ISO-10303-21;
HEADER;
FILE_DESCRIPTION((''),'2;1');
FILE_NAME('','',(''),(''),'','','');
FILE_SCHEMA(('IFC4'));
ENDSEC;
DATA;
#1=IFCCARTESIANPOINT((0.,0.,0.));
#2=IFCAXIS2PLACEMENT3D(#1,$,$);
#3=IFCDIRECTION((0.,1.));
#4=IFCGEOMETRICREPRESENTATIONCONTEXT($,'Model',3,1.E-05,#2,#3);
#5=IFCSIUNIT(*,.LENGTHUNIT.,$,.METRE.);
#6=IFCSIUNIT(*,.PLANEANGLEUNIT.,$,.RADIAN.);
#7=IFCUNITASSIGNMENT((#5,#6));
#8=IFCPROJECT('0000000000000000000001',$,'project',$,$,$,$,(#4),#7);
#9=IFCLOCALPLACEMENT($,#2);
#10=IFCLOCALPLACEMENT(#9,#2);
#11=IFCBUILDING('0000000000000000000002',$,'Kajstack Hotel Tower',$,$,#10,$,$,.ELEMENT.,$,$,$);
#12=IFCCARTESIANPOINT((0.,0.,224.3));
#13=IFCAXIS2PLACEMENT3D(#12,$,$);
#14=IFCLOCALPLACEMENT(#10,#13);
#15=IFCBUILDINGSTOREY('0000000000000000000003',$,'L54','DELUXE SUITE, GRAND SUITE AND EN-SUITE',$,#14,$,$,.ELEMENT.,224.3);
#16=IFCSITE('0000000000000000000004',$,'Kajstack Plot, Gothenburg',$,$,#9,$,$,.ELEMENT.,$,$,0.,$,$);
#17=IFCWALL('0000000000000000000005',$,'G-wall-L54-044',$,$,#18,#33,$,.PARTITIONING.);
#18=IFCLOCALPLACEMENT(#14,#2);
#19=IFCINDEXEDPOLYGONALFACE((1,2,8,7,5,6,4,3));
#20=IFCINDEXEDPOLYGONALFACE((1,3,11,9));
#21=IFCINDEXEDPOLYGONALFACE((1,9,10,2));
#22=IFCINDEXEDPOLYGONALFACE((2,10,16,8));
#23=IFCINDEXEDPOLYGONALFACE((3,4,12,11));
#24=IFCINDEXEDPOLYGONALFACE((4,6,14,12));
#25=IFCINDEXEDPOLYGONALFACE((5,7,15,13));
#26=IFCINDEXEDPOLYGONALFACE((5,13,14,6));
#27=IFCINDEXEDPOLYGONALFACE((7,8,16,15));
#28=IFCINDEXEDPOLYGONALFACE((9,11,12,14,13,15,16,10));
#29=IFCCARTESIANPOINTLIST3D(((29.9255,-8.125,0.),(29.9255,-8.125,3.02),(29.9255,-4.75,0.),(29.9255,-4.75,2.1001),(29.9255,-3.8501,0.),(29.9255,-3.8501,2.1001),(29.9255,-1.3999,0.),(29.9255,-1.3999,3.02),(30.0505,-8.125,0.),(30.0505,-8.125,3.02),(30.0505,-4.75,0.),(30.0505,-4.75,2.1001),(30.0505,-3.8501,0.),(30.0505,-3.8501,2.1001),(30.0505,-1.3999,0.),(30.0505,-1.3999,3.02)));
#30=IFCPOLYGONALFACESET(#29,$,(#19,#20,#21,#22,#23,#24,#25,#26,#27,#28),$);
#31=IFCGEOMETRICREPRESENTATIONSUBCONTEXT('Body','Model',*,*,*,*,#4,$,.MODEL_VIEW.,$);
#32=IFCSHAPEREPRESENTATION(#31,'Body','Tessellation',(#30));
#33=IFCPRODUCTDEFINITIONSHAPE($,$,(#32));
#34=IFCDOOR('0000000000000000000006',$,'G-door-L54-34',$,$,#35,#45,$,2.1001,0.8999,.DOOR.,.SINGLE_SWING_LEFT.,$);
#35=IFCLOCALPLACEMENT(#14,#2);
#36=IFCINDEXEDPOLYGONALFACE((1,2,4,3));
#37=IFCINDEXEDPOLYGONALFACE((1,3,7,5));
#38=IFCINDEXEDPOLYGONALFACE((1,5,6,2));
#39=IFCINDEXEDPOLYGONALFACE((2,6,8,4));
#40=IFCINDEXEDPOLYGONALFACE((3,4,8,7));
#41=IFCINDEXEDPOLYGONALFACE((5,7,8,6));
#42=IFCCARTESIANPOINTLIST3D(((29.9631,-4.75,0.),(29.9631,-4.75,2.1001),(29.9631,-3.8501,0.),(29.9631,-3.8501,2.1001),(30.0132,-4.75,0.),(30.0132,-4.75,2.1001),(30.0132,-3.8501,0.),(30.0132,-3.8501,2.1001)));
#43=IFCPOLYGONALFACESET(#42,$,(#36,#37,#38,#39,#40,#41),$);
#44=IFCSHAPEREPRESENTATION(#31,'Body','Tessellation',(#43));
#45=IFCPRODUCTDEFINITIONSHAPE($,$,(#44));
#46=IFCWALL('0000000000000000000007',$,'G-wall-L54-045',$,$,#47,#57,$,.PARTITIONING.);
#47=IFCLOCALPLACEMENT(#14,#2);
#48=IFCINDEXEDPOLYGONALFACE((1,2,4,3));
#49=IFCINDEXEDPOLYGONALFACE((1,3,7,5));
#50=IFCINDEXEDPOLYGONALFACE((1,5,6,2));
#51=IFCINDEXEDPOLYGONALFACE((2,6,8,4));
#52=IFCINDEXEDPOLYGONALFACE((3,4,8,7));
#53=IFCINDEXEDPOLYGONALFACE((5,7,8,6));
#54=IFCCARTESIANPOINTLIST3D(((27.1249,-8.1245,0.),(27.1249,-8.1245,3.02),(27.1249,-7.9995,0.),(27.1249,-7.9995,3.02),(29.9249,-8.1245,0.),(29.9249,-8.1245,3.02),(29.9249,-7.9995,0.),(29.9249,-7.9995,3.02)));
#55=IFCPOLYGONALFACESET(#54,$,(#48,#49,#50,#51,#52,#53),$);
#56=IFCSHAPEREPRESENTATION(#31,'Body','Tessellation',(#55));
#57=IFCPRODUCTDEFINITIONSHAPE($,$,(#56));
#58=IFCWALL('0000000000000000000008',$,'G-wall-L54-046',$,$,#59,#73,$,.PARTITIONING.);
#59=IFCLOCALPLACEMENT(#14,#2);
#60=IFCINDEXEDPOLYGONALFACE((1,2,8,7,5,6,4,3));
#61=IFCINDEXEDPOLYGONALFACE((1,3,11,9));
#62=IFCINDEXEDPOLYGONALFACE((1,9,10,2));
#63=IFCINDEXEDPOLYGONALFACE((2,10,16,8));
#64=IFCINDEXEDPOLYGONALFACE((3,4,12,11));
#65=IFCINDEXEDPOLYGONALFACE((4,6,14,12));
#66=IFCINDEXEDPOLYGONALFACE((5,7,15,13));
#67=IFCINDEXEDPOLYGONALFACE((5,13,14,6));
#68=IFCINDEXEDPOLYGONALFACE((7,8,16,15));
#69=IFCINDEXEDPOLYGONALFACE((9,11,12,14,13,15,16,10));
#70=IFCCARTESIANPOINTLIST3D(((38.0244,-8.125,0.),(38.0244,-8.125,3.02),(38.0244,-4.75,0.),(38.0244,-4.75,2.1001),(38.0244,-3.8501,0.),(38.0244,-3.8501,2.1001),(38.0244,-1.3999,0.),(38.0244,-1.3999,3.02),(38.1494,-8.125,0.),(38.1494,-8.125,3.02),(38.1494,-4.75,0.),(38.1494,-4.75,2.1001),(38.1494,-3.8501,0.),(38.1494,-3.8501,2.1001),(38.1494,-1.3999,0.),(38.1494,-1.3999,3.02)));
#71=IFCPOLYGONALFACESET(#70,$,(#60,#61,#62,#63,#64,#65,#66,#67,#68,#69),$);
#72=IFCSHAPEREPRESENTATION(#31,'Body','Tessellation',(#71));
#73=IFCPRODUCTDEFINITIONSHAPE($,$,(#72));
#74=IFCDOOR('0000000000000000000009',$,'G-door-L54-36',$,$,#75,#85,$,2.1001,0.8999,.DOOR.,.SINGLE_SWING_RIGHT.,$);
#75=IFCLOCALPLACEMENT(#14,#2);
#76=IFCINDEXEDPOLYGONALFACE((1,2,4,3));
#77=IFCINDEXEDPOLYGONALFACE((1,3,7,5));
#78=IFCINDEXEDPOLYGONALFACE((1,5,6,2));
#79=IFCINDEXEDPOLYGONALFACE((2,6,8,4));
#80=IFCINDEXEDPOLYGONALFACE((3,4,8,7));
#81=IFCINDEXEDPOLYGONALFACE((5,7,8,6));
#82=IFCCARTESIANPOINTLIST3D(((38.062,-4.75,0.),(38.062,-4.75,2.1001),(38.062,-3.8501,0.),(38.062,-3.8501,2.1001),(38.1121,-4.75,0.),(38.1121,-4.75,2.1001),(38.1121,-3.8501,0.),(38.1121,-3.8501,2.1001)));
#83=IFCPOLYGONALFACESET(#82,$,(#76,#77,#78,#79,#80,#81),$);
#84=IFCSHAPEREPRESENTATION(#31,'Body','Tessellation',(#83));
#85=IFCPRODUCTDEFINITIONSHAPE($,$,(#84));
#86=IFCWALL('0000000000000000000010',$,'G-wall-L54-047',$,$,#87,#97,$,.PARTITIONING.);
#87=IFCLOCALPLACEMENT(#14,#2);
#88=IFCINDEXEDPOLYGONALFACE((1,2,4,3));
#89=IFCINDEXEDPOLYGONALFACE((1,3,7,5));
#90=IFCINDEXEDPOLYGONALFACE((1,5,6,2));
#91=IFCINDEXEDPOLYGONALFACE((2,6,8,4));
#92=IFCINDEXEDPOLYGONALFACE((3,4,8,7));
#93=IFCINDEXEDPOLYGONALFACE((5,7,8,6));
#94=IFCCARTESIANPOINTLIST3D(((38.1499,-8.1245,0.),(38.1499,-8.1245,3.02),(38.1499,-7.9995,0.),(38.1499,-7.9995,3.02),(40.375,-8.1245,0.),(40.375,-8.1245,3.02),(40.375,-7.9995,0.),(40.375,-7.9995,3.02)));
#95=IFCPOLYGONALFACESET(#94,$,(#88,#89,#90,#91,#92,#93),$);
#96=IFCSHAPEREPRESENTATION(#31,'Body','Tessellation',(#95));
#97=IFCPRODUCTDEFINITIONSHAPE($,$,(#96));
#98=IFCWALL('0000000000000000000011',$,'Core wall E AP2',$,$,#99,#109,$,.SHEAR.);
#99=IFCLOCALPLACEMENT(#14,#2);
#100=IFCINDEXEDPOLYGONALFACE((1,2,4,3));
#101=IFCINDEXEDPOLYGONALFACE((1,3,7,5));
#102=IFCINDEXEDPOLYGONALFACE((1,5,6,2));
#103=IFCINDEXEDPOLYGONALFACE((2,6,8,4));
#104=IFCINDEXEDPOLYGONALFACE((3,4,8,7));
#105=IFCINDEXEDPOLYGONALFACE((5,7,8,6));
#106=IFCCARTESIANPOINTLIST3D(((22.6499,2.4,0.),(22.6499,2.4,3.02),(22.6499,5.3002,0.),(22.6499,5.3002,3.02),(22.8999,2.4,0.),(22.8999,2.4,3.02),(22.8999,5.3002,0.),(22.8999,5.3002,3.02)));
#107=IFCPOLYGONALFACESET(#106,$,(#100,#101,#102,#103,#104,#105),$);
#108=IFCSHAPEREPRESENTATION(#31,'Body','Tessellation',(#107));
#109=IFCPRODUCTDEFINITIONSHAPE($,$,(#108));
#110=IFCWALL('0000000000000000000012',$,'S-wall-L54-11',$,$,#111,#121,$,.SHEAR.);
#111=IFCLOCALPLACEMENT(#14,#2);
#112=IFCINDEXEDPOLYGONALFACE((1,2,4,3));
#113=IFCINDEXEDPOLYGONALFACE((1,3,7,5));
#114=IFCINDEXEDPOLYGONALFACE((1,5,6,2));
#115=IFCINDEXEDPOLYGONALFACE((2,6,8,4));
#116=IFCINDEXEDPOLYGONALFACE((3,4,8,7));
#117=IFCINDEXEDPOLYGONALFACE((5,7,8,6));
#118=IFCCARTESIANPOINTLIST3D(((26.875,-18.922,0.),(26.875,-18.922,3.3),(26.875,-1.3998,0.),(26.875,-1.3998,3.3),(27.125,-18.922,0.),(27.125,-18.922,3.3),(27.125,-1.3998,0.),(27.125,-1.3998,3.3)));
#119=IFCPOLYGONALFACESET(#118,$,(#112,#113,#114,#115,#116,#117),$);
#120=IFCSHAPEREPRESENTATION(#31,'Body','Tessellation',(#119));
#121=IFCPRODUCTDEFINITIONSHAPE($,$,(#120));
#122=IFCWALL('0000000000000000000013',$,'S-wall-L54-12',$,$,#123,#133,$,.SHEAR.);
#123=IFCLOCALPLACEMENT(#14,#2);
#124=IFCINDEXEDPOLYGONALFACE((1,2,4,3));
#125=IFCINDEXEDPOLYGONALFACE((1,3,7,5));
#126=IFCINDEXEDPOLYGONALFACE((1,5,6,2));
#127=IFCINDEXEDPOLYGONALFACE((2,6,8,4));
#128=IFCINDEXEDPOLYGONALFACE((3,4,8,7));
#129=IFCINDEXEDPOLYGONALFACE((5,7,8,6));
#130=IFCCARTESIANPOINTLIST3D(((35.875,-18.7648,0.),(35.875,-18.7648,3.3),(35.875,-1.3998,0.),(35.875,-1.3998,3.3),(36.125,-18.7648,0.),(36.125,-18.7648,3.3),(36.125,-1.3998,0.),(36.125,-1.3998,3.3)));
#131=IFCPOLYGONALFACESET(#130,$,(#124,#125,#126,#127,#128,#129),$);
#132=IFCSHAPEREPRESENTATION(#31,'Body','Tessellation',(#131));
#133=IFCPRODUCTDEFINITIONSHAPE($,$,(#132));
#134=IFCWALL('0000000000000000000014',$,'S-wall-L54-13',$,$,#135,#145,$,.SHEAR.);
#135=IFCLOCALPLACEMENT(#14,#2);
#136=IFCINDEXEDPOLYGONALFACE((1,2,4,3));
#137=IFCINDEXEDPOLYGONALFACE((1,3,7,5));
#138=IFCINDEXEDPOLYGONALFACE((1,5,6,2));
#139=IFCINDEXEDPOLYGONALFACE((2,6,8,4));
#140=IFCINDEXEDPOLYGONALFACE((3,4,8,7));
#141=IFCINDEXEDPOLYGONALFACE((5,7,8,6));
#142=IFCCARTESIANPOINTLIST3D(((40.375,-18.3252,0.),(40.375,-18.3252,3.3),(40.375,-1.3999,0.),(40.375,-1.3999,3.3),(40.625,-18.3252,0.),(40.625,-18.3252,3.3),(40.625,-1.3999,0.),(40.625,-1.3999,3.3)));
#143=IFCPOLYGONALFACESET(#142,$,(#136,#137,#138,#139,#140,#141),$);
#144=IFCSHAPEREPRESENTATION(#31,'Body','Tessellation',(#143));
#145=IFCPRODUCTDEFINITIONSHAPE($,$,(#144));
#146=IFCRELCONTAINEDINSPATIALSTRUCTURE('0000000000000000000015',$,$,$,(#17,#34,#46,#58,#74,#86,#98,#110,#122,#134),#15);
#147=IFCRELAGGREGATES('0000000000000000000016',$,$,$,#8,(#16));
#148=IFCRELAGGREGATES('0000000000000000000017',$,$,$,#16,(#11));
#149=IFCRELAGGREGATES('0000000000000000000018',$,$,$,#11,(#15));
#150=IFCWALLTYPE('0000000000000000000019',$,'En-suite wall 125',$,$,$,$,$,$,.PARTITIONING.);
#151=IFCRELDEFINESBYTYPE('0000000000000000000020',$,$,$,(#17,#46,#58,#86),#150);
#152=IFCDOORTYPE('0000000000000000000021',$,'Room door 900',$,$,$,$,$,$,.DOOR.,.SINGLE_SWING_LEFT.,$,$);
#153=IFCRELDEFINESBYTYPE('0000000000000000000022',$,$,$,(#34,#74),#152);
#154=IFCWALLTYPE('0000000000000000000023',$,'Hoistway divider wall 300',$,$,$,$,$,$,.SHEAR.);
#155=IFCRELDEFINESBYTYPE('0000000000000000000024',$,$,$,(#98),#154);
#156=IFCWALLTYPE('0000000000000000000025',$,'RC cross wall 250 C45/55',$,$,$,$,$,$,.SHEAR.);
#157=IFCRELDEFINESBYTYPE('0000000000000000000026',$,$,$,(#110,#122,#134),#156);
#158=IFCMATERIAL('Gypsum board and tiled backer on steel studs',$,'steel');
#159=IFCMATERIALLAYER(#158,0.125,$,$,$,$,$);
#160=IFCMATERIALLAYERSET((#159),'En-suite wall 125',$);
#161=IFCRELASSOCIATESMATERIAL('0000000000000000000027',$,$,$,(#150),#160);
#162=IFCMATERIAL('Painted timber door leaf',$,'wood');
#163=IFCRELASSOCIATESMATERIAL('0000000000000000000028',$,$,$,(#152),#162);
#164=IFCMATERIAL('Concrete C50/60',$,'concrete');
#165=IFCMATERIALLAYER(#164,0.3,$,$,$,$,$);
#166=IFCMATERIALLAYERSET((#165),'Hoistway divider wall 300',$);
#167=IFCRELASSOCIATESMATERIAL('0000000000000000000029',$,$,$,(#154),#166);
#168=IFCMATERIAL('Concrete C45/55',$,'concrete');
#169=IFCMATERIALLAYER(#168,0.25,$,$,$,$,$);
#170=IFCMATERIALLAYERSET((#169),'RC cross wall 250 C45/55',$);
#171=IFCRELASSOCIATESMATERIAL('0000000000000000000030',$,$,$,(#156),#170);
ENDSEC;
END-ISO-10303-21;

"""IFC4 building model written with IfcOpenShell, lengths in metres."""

from ifc_helpers import new_model, si_unit, direction, frame, frame_2d, origin, place, context, subcontext, project, spatial, rectangle, extrude, material, layer, layer_set, type_object, element, fill, save


model = new_model("IFC4")

# Units and contexts
model_context = context("Model", 3, precision=1e-05, world=origin(), true_north=direction((0.0, 1.0)))
body_context = subcontext(model_context, "Body", "Model", "MODEL_VIEW")
ifc_project = project(units=[si_unit("LENGTHUNIT", "METRE"), si_unit("PLANEANGLEUNIT", "RADIAN")], contexts=[model_context])

# Site, building, storey
site_placement = place(None, origin())
site = spatial("IfcSite", under=ifc_project, at=site_placement, Name="Kajstack Plot, Gothenburg", CompositionType="ELEMENT", RefElevation=0.0)
building_placement = place(site_placement, origin())
building = spatial("IfcBuilding", under=site, at=building_placement, Name="Kajstack Hotel Tower", CompositionType="ELEMENT")
storey_placement = place(building_placement, frame((0.0, 0.0, 224.3)))
storey = spatial("IfcBuildingStorey", under=building, at=storey_placement, Name="L54", Description="DELUXE SUITE, GRAND SUITE AND EN-SUITE", CompositionType="ELEMENT", Elevation=224.3)

# Shared definitions
ifc_material_1 = material(Name="Gypsum board and tiled backer on steel studs", Category="steel")
ifc_layer_1 = layer(ifc_material_1, 0.125)
ifc_layer_set_1 = layer_set([ifc_layer_1], Name="En-suite wall 125")
wall_type_1 = type_object("IfcWallType", Name="En-suite wall 125", PredefinedType="PARTITIONING", material=ifc_layer_set_1)
ifc_material_2 = material(Name="Painted timber door leaf", Category="wood")
door_type_1 = type_object("IfcDoorType", Name="Room door 900", OperationType="SINGLE_SWING_LEFT", PredefinedType="DOOR", material=ifc_material_2)

# Wall, opening, door
wall_1_placement = place(storey_placement, frame((29.988, -8.125, 0.0), z_axis=(0.0, 0.0, 1.0), x_axis=(0.0, 1.0, 0.0)))
wall_1 = element("IfcWall", 1, at=wall_1_placement, inside=storey, type_object=wall_type_1, Name="G-wall-L54-044", PredefinedType="PARTITIONING", context=body_context, shape_type="SweptSolid", body=[
    extrude(rectangle(XDim=6.7251, YDim=0.125, at=frame_2d((3.3625, 0.0))), origin(), (0.0, 0.0, 1.0), 3.02),
])
opening_1_placement = place(wall_1_placement, frame((3.375, 0.0, 0.0)))
opening_1 = element("IfcOpeningElement", 2, at=opening_1_placement, cuts=wall_1, PredefinedType="OPENING", context=body_context, shape_type="SweptSolid", body=[
    extrude(rectangle(XDim=0.8999, YDim=2.1001, at=frame_2d((0.45, 1.05))), frame((0.0, 0.0725, 0.0), z_axis=(0.0, -1.0, 0.0), x_axis=(1.0, 0.0, 0.0)), (0.0, 0.0, 1.0), 0.145),
])
door_1_placement = place(opening_1_placement, origin())
door_1 = element("IfcDoor", 3, at=door_1_placement, inside=storey, type_object=door_type_1, Name="G-door-L54-34", OperationType="SINGLE_SWING_LEFT", OverallHeight=2.1001, OverallWidth=0.8999, PredefinedType="DOOR", context=body_context, shape_type="SweptSolid", body=[
    extrude(rectangle(XDim=0.8999, YDim=2.1001, at=frame_2d((0.45, 1.05))), frame((0.0, 0.0249, 0.0), z_axis=(0.0, -1.0, 0.0), x_axis=(1.0, 0.0, 0.0)), (0.0, 0.0, 1.0), 0.05),
])
fill(opening_1, door_1)

# Wall
wall_2_placement = place(storey_placement, frame((27.125, -8.062, 0.0), z_axis=(0.0, 0.0, 1.0), x_axis=(1.0, 0.0, 0.0)))
element("IfcWall", 4, at=wall_2_placement, inside=storey, type_object=wall_type_1, Name="G-wall-L54-045", PredefinedType="PARTITIONING", context=body_context, shape_type="SweptSolid", body=[
    extrude(rectangle(XDim=2.8, YDim=0.125, at=frame_2d((1.3999, 0.0))), origin(), (0.0, 0.0, 1.0), 3.02),
])

# Wall, opening, door
wall_3_placement = place(storey_placement, frame((38.0869, -8.125, 0.0), z_axis=(0.0, 0.0, 1.0), x_axis=(0.0, 1.0, 0.0)))
wall_3 = element("IfcWall", 5, at=wall_3_placement, inside=storey, type_object=wall_type_1, Name="G-wall-L54-046", PredefinedType="PARTITIONING", context=body_context, shape_type="SweptSolid", body=[
    extrude(rectangle(XDim=6.7251, YDim=0.125, at=frame_2d((3.3625, 0.0))), origin(), (0.0, 0.0, 1.0), 3.02),
])
opening_2_placement = place(wall_3_placement, frame((3.375, 0.0, 0.0)))
opening_2 = element("IfcOpeningElement", 6, at=opening_2_placement, cuts=wall_3, PredefinedType="OPENING", context=body_context, shape_type="SweptSolid", body=[
    extrude(rectangle(XDim=0.8999, YDim=2.1001, at=frame_2d((0.45, 1.05))), frame((0.0, 0.0725, 0.0), z_axis=(0.0, -1.0, 0.0), x_axis=(1.0, 0.0, 0.0)), (0.0, 0.0, 1.0), 0.145),
])
door_2_placement = place(opening_2_placement, origin())
door_2 = element("IfcDoor", 7, at=door_2_placement, inside=storey, type_object=door_type_1, Name="G-door-L54-36", OperationType="SINGLE_SWING_RIGHT", OverallHeight=2.1001, OverallWidth=0.8999, PredefinedType="DOOR", context=body_context, shape_type="SweptSolid", body=[
    extrude(rectangle(XDim=0.8999, YDim=2.1001, at=frame_2d((0.45, 1.05))), frame((0.0, 0.0249, 0.0), z_axis=(0.0, -1.0, 0.0), x_axis=(1.0, 0.0, 0.0)), (0.0, 0.0, 1.0), 0.05),
])
fill(opening_2, door_2)

# Walls
wall_4_placement = place(storey_placement, frame((38.1499, -8.062, 0.0), z_axis=(0.0, 0.0, 1.0), x_axis=(1.0, 0.0, 0.0)))
element("IfcWall", 8, at=wall_4_placement, inside=storey, type_object=wall_type_1, Name="G-wall-L54-047", PredefinedType="PARTITIONING", context=body_context, shape_type="SweptSolid", body=[
    extrude(rectangle(XDim=2.2251, YDim=0.125, at=frame_2d((1.1125, 0.0))), origin(), (0.0, 0.0, 1.0), 3.02),
])
ifc_material_3 = material(Name="Concrete C50/60", Category="concrete")
ifc_layer_2 = layer(ifc_material_3, 0.3)
ifc_layer_set_2 = layer_set([ifc_layer_2], Name="Hoistway divider wall 300")
wall_type_2 = type_object("IfcWallType", Name="Hoistway divider wall 300", PredefinedType="SHEAR", material=ifc_layer_set_2)
wall_5_placement = place(storey_placement, frame((22.7749, 2.3999, 0.0), z_axis=(0.0, 0.0, 1.0), x_axis=(0.0, 1.0, 0.0)))
element("IfcWall", 9, at=wall_5_placement, inside=storey, type_object=wall_type_2, Name="Core wall E AP2", PredefinedType="SHEAR", context=body_context, shape_type="SweptSolid", body=[
    extrude(rectangle(XDim=2.9001, YDim=0.25, at=frame_2d((1.4502, 0.0))), origin(), (0.0, 0.0, 1.0), 3.02),
])
ifc_material_4 = material(Name="Concrete C45/55", Category="concrete")
ifc_layer_3 = layer(ifc_material_4, 0.25)
ifc_layer_set_3 = layer_set([ifc_layer_3], Name="RC cross wall 250 C45/55")
wall_type_3 = type_object("IfcWallType", Name="RC cross wall 250 C45/55", PredefinedType="SHEAR", material=ifc_layer_set_3)
wall_6_placement = place(storey_placement, frame((27.0, -18.9221, 0.0), z_axis=(0.0, 0.0, 1.0), x_axis=(0.0, 1.0, 0.0)))
element("IfcWall", 10, at=wall_6_placement, inside=storey, type_object=wall_type_3, Name="S-wall-L54-11", PredefinedType="SHEAR", context=body_context, shape_type="SweptSolid", body=[
    extrude(rectangle(XDim=17.5222, YDim=0.25, at=frame_2d((8.7612, 0.0))), origin(), (0.0, 0.0, 1.0), 3.3),
])
wall_7_placement = place(storey_placement, frame((36.0, -18.7649, 0.0), z_axis=(0.0, 0.0, 1.0), x_axis=(0.0, 1.0, 0.0)))
element("IfcWall", 11, at=wall_7_placement, inside=storey, type_object=wall_type_3, Name="S-wall-L54-12", PredefinedType="SHEAR", context=body_context, shape_type="SweptSolid", body=[
    extrude(rectangle(XDim=17.365, YDim=0.25, at=frame_2d((8.6826, 0.0))), origin(), (0.0, 0.0, 1.0), 3.3),
])
wall_8_placement = place(storey_placement, frame((40.5, -18.3252, 0.0), z_axis=(0.0, 0.0, 1.0), x_axis=(0.0, 1.0, 0.0)))
element("IfcWall", 12, at=wall_8_placement, inside=storey, type_object=wall_type_3, Name="S-wall-L54-13", PredefinedType="SHEAR", context=body_context, shape_type="SweptSolid", body=[
    extrude(rectangle(XDim=16.9253, YDim=0.25, at=frame_2d((8.4626, 0.0))), origin(), (0.0, 0.0, 1.0), 3.3),
])

save(model, "model.ifc")
